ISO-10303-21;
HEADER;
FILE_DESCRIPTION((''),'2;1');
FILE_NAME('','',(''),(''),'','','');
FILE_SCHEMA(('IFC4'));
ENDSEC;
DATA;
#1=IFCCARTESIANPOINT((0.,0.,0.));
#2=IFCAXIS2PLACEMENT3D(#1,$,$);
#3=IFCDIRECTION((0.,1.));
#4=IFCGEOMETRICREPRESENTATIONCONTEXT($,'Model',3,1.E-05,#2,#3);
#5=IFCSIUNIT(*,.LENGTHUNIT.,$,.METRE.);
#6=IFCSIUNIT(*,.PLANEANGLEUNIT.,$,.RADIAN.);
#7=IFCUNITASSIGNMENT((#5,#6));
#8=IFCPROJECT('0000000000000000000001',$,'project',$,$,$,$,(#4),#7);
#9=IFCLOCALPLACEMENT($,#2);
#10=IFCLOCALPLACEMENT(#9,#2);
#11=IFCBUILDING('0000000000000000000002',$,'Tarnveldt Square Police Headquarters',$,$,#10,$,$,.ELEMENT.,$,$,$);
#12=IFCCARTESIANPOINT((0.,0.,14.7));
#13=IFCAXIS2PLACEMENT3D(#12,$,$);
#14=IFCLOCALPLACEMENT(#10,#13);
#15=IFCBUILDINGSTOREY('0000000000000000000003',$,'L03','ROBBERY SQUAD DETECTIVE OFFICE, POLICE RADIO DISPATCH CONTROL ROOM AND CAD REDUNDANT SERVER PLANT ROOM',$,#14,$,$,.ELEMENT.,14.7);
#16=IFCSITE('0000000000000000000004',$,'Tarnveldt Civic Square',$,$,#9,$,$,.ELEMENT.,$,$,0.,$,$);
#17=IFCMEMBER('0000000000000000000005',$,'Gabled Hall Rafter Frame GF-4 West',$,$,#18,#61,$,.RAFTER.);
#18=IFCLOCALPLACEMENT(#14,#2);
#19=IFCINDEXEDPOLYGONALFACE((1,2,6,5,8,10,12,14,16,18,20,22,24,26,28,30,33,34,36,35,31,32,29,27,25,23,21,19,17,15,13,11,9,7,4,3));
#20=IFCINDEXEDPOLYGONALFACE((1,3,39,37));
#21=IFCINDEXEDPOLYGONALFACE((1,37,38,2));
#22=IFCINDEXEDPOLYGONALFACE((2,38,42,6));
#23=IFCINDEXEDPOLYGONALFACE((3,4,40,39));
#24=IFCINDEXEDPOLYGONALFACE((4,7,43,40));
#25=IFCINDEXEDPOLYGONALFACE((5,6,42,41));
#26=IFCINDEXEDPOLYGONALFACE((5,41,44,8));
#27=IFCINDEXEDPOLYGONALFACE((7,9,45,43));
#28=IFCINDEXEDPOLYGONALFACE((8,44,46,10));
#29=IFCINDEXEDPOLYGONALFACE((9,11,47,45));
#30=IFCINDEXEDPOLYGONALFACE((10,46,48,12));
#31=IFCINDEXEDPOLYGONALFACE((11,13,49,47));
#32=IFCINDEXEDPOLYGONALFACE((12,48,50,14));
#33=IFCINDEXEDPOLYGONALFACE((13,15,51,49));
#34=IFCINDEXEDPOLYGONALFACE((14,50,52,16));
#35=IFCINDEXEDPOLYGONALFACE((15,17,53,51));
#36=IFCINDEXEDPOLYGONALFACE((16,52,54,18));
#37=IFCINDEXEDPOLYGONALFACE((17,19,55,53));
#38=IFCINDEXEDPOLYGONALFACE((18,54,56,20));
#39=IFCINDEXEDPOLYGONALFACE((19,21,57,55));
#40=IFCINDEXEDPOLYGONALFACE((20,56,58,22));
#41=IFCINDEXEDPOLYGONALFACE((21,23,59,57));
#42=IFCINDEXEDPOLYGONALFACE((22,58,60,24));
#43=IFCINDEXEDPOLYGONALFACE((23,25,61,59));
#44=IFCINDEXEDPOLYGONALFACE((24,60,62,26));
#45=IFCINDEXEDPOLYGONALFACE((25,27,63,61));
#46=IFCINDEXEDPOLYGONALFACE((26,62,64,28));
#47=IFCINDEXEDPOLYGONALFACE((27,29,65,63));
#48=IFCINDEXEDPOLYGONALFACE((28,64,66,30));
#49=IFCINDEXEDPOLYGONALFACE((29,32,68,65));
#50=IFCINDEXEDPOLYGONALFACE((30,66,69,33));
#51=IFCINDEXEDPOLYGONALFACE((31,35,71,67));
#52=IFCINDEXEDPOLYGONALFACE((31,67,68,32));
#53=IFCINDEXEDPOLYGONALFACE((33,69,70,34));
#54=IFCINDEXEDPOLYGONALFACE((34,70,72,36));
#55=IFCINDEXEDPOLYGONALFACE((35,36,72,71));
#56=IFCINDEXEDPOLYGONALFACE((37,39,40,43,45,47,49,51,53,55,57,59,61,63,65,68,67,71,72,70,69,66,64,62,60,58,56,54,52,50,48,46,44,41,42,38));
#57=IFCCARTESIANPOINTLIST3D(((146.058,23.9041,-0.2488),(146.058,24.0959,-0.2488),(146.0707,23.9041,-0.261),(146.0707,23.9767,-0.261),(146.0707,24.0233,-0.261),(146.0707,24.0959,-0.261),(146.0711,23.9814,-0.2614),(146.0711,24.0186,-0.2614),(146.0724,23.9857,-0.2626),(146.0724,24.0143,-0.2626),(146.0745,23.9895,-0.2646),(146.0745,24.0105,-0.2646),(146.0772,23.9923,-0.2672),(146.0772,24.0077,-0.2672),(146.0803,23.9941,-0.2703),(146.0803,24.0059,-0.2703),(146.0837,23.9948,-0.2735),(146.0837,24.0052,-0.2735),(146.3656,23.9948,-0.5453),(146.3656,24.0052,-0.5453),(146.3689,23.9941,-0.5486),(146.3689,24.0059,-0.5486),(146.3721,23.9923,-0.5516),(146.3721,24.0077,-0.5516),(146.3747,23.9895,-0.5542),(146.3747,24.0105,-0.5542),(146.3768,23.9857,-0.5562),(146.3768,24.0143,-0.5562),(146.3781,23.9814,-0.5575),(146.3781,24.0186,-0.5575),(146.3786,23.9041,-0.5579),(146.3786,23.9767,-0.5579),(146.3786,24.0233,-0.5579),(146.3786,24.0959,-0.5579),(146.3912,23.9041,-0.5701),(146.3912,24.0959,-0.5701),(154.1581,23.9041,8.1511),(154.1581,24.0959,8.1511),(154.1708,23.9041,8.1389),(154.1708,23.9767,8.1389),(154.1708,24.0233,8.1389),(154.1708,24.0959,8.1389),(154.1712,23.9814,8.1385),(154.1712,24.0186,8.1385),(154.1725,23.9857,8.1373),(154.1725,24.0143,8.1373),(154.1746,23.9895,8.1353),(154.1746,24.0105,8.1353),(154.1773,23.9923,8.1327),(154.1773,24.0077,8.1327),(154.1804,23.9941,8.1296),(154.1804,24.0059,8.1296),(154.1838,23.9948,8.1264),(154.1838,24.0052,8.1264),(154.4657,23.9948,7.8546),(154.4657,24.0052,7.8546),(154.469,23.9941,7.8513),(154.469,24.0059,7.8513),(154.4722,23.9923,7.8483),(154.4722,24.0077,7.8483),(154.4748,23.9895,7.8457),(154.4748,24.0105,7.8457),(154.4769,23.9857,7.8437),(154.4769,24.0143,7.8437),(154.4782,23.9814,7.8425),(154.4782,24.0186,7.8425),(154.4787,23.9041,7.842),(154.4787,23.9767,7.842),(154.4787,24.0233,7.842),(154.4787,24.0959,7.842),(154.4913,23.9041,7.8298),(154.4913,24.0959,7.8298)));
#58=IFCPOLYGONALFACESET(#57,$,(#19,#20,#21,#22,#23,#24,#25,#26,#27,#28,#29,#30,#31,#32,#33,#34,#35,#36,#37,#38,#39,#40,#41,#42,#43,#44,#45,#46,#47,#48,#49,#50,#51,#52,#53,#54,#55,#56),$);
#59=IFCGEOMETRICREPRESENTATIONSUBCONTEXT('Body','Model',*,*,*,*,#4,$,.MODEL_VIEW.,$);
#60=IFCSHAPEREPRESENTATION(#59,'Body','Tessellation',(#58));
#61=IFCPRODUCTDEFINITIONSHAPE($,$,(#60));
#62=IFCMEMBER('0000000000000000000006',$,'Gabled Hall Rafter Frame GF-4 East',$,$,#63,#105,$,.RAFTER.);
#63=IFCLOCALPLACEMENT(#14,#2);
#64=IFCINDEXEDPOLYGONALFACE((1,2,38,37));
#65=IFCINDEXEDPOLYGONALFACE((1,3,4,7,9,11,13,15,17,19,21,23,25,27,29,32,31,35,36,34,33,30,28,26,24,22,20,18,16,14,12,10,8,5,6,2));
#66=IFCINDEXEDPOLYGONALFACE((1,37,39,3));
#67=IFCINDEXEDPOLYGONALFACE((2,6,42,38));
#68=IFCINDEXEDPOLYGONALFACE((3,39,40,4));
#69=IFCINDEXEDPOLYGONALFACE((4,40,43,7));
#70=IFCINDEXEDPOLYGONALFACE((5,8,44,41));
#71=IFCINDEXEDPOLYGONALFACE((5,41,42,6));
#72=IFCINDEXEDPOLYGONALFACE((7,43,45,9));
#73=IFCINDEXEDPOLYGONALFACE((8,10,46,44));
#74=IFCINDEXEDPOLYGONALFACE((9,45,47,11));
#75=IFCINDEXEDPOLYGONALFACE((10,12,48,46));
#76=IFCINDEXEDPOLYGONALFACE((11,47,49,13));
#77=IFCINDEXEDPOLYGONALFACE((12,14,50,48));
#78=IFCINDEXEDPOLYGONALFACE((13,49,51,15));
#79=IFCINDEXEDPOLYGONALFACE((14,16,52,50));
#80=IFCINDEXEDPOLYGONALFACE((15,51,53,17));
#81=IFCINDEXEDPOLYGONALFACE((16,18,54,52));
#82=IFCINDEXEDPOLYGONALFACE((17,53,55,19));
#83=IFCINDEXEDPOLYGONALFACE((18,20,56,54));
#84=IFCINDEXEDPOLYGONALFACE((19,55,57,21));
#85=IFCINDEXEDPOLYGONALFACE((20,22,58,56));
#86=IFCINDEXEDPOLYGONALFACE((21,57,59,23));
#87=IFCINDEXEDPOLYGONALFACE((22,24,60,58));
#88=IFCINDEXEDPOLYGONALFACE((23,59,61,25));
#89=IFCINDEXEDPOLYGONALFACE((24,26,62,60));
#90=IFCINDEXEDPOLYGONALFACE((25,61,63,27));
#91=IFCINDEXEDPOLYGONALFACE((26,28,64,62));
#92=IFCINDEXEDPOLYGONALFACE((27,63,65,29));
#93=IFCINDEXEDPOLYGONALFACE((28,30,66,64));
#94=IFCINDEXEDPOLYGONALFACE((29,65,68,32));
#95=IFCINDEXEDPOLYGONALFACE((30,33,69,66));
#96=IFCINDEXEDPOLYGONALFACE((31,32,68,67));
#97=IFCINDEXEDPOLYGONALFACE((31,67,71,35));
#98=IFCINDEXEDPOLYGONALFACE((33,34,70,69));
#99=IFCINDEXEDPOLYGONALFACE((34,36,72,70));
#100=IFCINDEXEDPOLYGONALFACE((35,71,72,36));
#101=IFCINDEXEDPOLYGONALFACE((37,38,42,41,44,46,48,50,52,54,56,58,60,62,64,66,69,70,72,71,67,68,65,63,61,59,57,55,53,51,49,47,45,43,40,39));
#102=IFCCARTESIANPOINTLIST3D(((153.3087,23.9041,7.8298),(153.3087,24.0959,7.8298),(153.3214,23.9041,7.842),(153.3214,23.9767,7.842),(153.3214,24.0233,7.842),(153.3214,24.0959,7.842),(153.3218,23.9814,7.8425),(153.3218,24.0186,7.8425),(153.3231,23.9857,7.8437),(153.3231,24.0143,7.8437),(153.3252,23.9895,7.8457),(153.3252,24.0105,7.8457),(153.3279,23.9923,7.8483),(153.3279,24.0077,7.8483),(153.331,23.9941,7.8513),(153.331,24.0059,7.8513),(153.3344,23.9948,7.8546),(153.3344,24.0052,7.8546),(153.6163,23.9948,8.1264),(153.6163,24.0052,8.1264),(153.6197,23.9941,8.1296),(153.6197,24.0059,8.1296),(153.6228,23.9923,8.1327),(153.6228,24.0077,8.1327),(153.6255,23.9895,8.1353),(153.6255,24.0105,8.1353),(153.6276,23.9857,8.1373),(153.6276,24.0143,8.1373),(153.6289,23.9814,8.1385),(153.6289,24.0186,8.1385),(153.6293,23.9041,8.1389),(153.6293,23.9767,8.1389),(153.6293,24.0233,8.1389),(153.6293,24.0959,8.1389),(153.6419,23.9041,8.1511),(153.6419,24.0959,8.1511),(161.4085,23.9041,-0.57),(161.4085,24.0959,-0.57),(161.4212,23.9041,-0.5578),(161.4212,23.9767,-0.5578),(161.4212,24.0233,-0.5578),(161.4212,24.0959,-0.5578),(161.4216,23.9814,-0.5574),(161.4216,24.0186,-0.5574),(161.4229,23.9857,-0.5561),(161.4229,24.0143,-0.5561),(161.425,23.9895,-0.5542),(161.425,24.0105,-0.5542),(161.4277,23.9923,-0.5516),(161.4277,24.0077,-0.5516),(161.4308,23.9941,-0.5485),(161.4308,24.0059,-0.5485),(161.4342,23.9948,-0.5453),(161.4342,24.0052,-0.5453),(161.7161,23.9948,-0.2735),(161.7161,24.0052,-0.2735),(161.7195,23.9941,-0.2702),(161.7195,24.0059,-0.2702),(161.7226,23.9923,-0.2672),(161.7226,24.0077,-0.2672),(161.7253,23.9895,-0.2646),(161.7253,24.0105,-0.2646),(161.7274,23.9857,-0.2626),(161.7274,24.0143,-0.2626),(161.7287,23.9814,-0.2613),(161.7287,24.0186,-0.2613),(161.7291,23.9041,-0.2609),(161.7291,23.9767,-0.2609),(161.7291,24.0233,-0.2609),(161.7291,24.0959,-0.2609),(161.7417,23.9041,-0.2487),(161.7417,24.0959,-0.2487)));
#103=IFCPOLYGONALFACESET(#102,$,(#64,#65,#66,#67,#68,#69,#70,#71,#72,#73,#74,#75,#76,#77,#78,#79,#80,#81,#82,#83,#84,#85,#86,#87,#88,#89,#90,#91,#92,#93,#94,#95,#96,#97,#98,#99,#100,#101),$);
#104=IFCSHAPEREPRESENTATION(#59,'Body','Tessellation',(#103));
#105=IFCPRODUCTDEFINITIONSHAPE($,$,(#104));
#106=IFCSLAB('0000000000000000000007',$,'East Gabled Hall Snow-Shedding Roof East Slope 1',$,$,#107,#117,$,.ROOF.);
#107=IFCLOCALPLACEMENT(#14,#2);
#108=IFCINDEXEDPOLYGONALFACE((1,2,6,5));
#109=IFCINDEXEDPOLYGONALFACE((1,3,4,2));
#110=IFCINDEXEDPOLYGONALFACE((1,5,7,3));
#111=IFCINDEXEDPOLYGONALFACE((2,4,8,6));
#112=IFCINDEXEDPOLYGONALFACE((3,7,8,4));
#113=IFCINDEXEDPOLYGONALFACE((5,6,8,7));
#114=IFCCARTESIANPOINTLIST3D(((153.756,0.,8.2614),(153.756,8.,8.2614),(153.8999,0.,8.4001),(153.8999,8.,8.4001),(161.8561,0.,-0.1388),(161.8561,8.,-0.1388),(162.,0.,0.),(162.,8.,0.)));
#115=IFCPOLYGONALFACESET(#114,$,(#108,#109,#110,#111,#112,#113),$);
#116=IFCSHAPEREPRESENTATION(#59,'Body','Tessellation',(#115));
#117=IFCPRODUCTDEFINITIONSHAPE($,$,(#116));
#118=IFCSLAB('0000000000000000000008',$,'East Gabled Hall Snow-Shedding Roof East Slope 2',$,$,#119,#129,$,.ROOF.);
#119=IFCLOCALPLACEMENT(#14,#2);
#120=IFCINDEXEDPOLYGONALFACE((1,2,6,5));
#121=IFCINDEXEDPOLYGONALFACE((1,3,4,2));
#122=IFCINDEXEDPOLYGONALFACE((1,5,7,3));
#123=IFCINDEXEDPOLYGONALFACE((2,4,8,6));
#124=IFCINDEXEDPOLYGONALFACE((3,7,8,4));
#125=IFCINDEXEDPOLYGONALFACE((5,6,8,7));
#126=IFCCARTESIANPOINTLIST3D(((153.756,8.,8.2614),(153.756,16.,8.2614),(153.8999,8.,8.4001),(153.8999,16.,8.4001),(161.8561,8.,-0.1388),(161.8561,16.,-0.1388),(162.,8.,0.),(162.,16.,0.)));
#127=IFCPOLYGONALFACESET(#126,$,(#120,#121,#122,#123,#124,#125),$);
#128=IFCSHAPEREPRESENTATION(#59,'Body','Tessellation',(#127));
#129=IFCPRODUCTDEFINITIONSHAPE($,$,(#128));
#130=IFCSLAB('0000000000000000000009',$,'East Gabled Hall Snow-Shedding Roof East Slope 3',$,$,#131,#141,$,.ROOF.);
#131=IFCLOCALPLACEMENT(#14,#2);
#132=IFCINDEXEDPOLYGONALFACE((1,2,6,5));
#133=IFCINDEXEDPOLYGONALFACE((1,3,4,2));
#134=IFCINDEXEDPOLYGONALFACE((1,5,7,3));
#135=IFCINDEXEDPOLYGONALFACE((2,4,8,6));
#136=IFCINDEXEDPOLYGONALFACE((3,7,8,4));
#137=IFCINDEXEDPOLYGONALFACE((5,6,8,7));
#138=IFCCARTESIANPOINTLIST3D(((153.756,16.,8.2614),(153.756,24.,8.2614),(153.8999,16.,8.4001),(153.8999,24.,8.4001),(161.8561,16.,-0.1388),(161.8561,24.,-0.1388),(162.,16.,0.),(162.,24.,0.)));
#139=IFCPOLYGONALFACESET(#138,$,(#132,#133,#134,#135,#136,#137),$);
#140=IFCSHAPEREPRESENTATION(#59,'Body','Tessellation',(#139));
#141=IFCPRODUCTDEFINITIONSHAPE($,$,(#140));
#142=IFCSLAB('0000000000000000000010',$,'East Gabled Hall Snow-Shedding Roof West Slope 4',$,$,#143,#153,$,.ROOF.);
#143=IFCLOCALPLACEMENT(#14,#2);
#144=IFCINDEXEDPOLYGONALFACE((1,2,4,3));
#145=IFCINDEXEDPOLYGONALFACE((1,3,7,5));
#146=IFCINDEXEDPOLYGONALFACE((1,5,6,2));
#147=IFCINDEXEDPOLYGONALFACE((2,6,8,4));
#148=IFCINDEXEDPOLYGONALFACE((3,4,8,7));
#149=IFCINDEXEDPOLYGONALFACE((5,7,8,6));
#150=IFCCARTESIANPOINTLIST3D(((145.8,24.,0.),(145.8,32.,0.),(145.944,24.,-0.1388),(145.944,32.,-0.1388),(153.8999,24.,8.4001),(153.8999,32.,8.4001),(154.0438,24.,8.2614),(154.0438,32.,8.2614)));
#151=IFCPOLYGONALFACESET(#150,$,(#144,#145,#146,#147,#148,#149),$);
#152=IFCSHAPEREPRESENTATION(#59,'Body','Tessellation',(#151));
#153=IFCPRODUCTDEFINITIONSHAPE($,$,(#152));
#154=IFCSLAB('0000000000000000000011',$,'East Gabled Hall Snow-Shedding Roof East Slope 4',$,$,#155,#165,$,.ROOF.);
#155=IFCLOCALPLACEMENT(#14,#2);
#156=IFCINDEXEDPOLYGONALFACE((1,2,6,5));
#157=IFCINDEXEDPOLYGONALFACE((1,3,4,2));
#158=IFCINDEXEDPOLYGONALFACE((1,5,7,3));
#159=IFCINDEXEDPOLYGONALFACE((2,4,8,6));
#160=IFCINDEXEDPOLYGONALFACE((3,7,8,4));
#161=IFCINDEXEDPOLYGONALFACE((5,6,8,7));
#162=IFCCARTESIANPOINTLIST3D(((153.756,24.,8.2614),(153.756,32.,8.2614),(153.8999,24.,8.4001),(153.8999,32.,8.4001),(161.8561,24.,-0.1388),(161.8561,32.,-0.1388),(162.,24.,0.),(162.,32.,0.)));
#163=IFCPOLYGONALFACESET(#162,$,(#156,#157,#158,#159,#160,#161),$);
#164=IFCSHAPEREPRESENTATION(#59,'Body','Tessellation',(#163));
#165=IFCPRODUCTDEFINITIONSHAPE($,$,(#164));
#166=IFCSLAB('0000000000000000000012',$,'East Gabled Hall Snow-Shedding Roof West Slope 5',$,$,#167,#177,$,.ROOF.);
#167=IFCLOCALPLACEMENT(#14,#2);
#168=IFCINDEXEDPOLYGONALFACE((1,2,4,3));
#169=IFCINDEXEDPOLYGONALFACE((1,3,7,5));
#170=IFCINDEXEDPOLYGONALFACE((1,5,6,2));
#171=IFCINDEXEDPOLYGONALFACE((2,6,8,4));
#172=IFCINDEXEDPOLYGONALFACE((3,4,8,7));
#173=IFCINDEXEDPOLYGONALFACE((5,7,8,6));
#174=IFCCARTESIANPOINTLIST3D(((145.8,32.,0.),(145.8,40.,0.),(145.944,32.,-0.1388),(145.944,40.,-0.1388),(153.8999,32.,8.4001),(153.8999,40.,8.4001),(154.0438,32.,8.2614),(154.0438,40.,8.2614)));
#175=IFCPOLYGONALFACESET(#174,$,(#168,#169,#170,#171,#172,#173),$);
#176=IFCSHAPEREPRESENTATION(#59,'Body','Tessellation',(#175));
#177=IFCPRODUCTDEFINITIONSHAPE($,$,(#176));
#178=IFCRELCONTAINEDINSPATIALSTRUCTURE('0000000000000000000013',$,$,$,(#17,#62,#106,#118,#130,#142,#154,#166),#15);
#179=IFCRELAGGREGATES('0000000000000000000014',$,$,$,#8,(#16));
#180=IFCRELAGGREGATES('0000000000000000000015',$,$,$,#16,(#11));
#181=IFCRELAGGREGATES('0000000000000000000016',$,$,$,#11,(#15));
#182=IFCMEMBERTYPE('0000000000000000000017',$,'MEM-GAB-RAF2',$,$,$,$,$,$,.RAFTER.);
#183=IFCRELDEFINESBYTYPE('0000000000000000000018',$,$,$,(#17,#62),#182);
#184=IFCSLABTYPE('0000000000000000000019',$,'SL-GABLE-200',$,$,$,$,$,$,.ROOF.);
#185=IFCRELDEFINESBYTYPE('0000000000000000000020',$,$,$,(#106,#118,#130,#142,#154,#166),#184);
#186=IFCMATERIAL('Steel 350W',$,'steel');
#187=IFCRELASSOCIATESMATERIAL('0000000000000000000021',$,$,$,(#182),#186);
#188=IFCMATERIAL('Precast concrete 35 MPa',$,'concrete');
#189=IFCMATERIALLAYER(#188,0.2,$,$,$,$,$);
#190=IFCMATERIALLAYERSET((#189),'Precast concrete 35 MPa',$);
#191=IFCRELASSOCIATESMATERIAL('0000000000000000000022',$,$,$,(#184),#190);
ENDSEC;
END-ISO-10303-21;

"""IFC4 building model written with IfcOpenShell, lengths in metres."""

from ifc_helpers import new_model, si_unit, direction, frame, origin, origin_2d, place, context, subcontext, project, spatial, polyline, i_section, outline, extrude, material, layer, layer_set, material_profile, profile_set, type_object, element, save


model = new_model("IFC4")

# Units and contexts
model_context = context("Model", 3, precision=1e-05, world=origin(), true_north=direction((0.0, 1.0)))
body_context = subcontext(model_context, "Body", "Model", "MODEL_VIEW")
ifc_project = project(units=[si_unit("LENGTHUNIT", "METRE"), si_unit("PLANEANGLEUNIT", "RADIAN")], contexts=[model_context])

# Site, building, storey
site_placement = place(None, origin())
site = spatial("IfcSite", under=ifc_project, at=site_placement, Name="Tarnveldt Civic Square", CompositionType="ELEMENT", RefElevation=0.0)
building_placement = place(site_placement, origin())
building = spatial("IfcBuilding", under=site, at=building_placement, Name="Tarnveldt Square Police Headquarters", CompositionType="ELEMENT")
storey_placement = place(building_placement, frame((0.0, 0.0, 14.7)))
storey = spatial("IfcBuildingStorey", under=building, at=storey_placement, Name="L03", Description="ROBBERY SQUAD DETECTIVE OFFICE, POLICE RADIO DISPATCH CONTROL ROOM AND CAD REDUNDANT SERVER PLANT ROOM", CompositionType="ELEMENT", Elevation=14.7)

# Shared definitions
ifc_material_1 = material(Name="Steel 350W", Category="steel")

# Members
ifc_material_2 = material(Name="Precast concrete 35 MPa", Category="concrete")
ifc_material_profile_1 = material_profile(ifc_material_1, i_section(OverallWidth=0.1919, OverallDepth=0.4629, WebThickness=0.0105, FlangeThickness=0.0176, FilletRadius=0.0181, at=origin_2d()), Name="W460x89")
ifc_profile_set_1 = profile_set([ifc_material_profile_1], Name="Steel 350W")
member_type_1 = type_object("IfcMemberType", Name="MEM-GAB-RAF2", PredefinedType="RAFTER", material=ifc_profile_set_1)
member_1_placement = place(storey_placement, frame((146.2246, 24.0, -0.4094), z_axis=(0.694144, 0.0, 0.719836), x_axis=(0.0, 1.0, 0.0)))
element("IfcMember", 1, at=member_1_placement, inside=storey, type_object=member_type_1, Name="Gabled Hall Rafter Frame GF-4 West", PredefinedType="RAFTER", context=body_context, shape_type="SweptSolid", body=[
    extrude(i_section(OverallWidth=0.1919, OverallDepth=0.4629, WebThickness=0.0105, FlangeThickness=0.0176, FilletRadius=0.0181, at=origin_2d()), origin(), (0.0, 0.0, 1.0), 11.6692),
])
member_2_placement = place(storey_placement, frame((153.4753, 24.0, 7.9905), z_axis=(0.694133, 0.0, -0.719847), x_axis=(0.0, 1.0, 0.0)))
element("IfcMember", 2, at=member_2_placement, inside=storey, type_object=member_type_1, Name="Gabled Hall Rafter Frame GF-4 East", PredefinedType="RAFTER", context=body_context, shape_type="SweptSolid", body=[
    extrude(i_section(OverallWidth=0.1919, OverallDepth=0.4629, WebThickness=0.0105, FlangeThickness=0.0176, FilletRadius=0.0181, at=origin_2d()), origin(), (0.0, 0.0, 1.0), 11.6689),
])

# Slabs
ifc_layer = layer(ifc_material_2, 0.2)
ifc_layer_set = layer_set([ifc_layer], Name="Precast concrete 35 MPa")
slab_type = type_object("IfcSlabType", Name="SL-GABLE-200", PredefinedType="ROOF", material=ifc_layer_set)
for number, where, z_axis, x_axis, name in (
    (3, (153.8999, 0.0, 8.4001), (0.719846, 0.0, 0.694134), (0.0, 1.0, 0.0), "East Gabled Hall Snow-Shedding Roof East Slope 1"),
    (4, (153.8999, 8.0, 8.4001), (0.719846, 0.0, 0.694134), (0.0, 1.0, 0.0), "East Gabled Hall Snow-Shedding Roof East Slope 2"),
    (5, (153.8999, 16.0, 8.4001), (0.719846, 0.0, 0.694134), (0.0, 1.0, 0.0), "East Gabled Hall Snow-Shedding Roof East Slope 3"),
):
    element("IfcSlab", number, at=place(storey_placement, frame(where, z_axis=z_axis, x_axis=x_axis)), inside=storey, type_object=slab_type, Name=name, PredefinedType="ROOF", context=body_context, shape_type="SweptSolid", body=[
        extrude(outline(polyline([(0.0, 0.0), (8.0, 0.0), (8.0, -11.6694), (0.0, -11.6694), (0.0, 0.0)])), origin(), (0.0, 0.0, -1.0), 0.2),
    ])
slab_1_placement = place(storey_placement, frame((145.8, 24.0, 0.0), z_axis=(-0.719857, 0.0, 0.694123), x_axis=(0.0, 1.0, 0.0)))
element("IfcSlab", 6, at=slab_1_placement, inside=storey, type_object=slab_type, Name="East Gabled Hall Snow-Shedding Roof West Slope 4", PredefinedType="ROOF", context=body_context, shape_type="SweptSolid", body=[
    extrude(outline(polyline([(0.0, 0.0), (8.0, 0.0), (8.0, -11.6692), (0.0, -11.6692), (0.0, 0.0)])), origin(), (0.0, 0.0, -1.0), 0.2),
])
slab_2_placement = place(storey_placement, frame((153.8999, 24.0, 8.4001), z_axis=(0.719846, 0.0, 0.694134), x_axis=(0.0, 1.0, 0.0)))
element("IfcSlab", 7, at=slab_2_placement, inside=storey, type_object=slab_type, Name="East Gabled Hall Snow-Shedding Roof East Slope 4", PredefinedType="ROOF", context=body_context, shape_type="SweptSolid", body=[
    extrude(outline(polyline([(0.0, 0.0), (8.0, 0.0), (8.0, -11.6694), (0.0, -11.6694), (0.0, 0.0)])), origin(), (0.0, 0.0, -1.0), 0.2),
])
slab_3_placement = place(storey_placement, frame((145.8, 32.0, 0.0), z_axis=(-0.719857, 0.0, 0.694123), x_axis=(0.0, 1.0, 0.0)))
element("IfcSlab", 8, at=slab_3_placement, inside=storey, type_object=slab_type, Name="East Gabled Hall Snow-Shedding Roof West Slope 5", PredefinedType="ROOF", context=body_context, shape_type="SweptSolid", body=[
    extrude(outline(polyline([(0.0, 0.0), (8.0, 0.0), (8.0, -11.6692), (0.0, -11.6692), (0.0, 0.0)])), origin(), (0.0, 0.0, -1.0), 0.2),
])

save(model, "model.ifc")
